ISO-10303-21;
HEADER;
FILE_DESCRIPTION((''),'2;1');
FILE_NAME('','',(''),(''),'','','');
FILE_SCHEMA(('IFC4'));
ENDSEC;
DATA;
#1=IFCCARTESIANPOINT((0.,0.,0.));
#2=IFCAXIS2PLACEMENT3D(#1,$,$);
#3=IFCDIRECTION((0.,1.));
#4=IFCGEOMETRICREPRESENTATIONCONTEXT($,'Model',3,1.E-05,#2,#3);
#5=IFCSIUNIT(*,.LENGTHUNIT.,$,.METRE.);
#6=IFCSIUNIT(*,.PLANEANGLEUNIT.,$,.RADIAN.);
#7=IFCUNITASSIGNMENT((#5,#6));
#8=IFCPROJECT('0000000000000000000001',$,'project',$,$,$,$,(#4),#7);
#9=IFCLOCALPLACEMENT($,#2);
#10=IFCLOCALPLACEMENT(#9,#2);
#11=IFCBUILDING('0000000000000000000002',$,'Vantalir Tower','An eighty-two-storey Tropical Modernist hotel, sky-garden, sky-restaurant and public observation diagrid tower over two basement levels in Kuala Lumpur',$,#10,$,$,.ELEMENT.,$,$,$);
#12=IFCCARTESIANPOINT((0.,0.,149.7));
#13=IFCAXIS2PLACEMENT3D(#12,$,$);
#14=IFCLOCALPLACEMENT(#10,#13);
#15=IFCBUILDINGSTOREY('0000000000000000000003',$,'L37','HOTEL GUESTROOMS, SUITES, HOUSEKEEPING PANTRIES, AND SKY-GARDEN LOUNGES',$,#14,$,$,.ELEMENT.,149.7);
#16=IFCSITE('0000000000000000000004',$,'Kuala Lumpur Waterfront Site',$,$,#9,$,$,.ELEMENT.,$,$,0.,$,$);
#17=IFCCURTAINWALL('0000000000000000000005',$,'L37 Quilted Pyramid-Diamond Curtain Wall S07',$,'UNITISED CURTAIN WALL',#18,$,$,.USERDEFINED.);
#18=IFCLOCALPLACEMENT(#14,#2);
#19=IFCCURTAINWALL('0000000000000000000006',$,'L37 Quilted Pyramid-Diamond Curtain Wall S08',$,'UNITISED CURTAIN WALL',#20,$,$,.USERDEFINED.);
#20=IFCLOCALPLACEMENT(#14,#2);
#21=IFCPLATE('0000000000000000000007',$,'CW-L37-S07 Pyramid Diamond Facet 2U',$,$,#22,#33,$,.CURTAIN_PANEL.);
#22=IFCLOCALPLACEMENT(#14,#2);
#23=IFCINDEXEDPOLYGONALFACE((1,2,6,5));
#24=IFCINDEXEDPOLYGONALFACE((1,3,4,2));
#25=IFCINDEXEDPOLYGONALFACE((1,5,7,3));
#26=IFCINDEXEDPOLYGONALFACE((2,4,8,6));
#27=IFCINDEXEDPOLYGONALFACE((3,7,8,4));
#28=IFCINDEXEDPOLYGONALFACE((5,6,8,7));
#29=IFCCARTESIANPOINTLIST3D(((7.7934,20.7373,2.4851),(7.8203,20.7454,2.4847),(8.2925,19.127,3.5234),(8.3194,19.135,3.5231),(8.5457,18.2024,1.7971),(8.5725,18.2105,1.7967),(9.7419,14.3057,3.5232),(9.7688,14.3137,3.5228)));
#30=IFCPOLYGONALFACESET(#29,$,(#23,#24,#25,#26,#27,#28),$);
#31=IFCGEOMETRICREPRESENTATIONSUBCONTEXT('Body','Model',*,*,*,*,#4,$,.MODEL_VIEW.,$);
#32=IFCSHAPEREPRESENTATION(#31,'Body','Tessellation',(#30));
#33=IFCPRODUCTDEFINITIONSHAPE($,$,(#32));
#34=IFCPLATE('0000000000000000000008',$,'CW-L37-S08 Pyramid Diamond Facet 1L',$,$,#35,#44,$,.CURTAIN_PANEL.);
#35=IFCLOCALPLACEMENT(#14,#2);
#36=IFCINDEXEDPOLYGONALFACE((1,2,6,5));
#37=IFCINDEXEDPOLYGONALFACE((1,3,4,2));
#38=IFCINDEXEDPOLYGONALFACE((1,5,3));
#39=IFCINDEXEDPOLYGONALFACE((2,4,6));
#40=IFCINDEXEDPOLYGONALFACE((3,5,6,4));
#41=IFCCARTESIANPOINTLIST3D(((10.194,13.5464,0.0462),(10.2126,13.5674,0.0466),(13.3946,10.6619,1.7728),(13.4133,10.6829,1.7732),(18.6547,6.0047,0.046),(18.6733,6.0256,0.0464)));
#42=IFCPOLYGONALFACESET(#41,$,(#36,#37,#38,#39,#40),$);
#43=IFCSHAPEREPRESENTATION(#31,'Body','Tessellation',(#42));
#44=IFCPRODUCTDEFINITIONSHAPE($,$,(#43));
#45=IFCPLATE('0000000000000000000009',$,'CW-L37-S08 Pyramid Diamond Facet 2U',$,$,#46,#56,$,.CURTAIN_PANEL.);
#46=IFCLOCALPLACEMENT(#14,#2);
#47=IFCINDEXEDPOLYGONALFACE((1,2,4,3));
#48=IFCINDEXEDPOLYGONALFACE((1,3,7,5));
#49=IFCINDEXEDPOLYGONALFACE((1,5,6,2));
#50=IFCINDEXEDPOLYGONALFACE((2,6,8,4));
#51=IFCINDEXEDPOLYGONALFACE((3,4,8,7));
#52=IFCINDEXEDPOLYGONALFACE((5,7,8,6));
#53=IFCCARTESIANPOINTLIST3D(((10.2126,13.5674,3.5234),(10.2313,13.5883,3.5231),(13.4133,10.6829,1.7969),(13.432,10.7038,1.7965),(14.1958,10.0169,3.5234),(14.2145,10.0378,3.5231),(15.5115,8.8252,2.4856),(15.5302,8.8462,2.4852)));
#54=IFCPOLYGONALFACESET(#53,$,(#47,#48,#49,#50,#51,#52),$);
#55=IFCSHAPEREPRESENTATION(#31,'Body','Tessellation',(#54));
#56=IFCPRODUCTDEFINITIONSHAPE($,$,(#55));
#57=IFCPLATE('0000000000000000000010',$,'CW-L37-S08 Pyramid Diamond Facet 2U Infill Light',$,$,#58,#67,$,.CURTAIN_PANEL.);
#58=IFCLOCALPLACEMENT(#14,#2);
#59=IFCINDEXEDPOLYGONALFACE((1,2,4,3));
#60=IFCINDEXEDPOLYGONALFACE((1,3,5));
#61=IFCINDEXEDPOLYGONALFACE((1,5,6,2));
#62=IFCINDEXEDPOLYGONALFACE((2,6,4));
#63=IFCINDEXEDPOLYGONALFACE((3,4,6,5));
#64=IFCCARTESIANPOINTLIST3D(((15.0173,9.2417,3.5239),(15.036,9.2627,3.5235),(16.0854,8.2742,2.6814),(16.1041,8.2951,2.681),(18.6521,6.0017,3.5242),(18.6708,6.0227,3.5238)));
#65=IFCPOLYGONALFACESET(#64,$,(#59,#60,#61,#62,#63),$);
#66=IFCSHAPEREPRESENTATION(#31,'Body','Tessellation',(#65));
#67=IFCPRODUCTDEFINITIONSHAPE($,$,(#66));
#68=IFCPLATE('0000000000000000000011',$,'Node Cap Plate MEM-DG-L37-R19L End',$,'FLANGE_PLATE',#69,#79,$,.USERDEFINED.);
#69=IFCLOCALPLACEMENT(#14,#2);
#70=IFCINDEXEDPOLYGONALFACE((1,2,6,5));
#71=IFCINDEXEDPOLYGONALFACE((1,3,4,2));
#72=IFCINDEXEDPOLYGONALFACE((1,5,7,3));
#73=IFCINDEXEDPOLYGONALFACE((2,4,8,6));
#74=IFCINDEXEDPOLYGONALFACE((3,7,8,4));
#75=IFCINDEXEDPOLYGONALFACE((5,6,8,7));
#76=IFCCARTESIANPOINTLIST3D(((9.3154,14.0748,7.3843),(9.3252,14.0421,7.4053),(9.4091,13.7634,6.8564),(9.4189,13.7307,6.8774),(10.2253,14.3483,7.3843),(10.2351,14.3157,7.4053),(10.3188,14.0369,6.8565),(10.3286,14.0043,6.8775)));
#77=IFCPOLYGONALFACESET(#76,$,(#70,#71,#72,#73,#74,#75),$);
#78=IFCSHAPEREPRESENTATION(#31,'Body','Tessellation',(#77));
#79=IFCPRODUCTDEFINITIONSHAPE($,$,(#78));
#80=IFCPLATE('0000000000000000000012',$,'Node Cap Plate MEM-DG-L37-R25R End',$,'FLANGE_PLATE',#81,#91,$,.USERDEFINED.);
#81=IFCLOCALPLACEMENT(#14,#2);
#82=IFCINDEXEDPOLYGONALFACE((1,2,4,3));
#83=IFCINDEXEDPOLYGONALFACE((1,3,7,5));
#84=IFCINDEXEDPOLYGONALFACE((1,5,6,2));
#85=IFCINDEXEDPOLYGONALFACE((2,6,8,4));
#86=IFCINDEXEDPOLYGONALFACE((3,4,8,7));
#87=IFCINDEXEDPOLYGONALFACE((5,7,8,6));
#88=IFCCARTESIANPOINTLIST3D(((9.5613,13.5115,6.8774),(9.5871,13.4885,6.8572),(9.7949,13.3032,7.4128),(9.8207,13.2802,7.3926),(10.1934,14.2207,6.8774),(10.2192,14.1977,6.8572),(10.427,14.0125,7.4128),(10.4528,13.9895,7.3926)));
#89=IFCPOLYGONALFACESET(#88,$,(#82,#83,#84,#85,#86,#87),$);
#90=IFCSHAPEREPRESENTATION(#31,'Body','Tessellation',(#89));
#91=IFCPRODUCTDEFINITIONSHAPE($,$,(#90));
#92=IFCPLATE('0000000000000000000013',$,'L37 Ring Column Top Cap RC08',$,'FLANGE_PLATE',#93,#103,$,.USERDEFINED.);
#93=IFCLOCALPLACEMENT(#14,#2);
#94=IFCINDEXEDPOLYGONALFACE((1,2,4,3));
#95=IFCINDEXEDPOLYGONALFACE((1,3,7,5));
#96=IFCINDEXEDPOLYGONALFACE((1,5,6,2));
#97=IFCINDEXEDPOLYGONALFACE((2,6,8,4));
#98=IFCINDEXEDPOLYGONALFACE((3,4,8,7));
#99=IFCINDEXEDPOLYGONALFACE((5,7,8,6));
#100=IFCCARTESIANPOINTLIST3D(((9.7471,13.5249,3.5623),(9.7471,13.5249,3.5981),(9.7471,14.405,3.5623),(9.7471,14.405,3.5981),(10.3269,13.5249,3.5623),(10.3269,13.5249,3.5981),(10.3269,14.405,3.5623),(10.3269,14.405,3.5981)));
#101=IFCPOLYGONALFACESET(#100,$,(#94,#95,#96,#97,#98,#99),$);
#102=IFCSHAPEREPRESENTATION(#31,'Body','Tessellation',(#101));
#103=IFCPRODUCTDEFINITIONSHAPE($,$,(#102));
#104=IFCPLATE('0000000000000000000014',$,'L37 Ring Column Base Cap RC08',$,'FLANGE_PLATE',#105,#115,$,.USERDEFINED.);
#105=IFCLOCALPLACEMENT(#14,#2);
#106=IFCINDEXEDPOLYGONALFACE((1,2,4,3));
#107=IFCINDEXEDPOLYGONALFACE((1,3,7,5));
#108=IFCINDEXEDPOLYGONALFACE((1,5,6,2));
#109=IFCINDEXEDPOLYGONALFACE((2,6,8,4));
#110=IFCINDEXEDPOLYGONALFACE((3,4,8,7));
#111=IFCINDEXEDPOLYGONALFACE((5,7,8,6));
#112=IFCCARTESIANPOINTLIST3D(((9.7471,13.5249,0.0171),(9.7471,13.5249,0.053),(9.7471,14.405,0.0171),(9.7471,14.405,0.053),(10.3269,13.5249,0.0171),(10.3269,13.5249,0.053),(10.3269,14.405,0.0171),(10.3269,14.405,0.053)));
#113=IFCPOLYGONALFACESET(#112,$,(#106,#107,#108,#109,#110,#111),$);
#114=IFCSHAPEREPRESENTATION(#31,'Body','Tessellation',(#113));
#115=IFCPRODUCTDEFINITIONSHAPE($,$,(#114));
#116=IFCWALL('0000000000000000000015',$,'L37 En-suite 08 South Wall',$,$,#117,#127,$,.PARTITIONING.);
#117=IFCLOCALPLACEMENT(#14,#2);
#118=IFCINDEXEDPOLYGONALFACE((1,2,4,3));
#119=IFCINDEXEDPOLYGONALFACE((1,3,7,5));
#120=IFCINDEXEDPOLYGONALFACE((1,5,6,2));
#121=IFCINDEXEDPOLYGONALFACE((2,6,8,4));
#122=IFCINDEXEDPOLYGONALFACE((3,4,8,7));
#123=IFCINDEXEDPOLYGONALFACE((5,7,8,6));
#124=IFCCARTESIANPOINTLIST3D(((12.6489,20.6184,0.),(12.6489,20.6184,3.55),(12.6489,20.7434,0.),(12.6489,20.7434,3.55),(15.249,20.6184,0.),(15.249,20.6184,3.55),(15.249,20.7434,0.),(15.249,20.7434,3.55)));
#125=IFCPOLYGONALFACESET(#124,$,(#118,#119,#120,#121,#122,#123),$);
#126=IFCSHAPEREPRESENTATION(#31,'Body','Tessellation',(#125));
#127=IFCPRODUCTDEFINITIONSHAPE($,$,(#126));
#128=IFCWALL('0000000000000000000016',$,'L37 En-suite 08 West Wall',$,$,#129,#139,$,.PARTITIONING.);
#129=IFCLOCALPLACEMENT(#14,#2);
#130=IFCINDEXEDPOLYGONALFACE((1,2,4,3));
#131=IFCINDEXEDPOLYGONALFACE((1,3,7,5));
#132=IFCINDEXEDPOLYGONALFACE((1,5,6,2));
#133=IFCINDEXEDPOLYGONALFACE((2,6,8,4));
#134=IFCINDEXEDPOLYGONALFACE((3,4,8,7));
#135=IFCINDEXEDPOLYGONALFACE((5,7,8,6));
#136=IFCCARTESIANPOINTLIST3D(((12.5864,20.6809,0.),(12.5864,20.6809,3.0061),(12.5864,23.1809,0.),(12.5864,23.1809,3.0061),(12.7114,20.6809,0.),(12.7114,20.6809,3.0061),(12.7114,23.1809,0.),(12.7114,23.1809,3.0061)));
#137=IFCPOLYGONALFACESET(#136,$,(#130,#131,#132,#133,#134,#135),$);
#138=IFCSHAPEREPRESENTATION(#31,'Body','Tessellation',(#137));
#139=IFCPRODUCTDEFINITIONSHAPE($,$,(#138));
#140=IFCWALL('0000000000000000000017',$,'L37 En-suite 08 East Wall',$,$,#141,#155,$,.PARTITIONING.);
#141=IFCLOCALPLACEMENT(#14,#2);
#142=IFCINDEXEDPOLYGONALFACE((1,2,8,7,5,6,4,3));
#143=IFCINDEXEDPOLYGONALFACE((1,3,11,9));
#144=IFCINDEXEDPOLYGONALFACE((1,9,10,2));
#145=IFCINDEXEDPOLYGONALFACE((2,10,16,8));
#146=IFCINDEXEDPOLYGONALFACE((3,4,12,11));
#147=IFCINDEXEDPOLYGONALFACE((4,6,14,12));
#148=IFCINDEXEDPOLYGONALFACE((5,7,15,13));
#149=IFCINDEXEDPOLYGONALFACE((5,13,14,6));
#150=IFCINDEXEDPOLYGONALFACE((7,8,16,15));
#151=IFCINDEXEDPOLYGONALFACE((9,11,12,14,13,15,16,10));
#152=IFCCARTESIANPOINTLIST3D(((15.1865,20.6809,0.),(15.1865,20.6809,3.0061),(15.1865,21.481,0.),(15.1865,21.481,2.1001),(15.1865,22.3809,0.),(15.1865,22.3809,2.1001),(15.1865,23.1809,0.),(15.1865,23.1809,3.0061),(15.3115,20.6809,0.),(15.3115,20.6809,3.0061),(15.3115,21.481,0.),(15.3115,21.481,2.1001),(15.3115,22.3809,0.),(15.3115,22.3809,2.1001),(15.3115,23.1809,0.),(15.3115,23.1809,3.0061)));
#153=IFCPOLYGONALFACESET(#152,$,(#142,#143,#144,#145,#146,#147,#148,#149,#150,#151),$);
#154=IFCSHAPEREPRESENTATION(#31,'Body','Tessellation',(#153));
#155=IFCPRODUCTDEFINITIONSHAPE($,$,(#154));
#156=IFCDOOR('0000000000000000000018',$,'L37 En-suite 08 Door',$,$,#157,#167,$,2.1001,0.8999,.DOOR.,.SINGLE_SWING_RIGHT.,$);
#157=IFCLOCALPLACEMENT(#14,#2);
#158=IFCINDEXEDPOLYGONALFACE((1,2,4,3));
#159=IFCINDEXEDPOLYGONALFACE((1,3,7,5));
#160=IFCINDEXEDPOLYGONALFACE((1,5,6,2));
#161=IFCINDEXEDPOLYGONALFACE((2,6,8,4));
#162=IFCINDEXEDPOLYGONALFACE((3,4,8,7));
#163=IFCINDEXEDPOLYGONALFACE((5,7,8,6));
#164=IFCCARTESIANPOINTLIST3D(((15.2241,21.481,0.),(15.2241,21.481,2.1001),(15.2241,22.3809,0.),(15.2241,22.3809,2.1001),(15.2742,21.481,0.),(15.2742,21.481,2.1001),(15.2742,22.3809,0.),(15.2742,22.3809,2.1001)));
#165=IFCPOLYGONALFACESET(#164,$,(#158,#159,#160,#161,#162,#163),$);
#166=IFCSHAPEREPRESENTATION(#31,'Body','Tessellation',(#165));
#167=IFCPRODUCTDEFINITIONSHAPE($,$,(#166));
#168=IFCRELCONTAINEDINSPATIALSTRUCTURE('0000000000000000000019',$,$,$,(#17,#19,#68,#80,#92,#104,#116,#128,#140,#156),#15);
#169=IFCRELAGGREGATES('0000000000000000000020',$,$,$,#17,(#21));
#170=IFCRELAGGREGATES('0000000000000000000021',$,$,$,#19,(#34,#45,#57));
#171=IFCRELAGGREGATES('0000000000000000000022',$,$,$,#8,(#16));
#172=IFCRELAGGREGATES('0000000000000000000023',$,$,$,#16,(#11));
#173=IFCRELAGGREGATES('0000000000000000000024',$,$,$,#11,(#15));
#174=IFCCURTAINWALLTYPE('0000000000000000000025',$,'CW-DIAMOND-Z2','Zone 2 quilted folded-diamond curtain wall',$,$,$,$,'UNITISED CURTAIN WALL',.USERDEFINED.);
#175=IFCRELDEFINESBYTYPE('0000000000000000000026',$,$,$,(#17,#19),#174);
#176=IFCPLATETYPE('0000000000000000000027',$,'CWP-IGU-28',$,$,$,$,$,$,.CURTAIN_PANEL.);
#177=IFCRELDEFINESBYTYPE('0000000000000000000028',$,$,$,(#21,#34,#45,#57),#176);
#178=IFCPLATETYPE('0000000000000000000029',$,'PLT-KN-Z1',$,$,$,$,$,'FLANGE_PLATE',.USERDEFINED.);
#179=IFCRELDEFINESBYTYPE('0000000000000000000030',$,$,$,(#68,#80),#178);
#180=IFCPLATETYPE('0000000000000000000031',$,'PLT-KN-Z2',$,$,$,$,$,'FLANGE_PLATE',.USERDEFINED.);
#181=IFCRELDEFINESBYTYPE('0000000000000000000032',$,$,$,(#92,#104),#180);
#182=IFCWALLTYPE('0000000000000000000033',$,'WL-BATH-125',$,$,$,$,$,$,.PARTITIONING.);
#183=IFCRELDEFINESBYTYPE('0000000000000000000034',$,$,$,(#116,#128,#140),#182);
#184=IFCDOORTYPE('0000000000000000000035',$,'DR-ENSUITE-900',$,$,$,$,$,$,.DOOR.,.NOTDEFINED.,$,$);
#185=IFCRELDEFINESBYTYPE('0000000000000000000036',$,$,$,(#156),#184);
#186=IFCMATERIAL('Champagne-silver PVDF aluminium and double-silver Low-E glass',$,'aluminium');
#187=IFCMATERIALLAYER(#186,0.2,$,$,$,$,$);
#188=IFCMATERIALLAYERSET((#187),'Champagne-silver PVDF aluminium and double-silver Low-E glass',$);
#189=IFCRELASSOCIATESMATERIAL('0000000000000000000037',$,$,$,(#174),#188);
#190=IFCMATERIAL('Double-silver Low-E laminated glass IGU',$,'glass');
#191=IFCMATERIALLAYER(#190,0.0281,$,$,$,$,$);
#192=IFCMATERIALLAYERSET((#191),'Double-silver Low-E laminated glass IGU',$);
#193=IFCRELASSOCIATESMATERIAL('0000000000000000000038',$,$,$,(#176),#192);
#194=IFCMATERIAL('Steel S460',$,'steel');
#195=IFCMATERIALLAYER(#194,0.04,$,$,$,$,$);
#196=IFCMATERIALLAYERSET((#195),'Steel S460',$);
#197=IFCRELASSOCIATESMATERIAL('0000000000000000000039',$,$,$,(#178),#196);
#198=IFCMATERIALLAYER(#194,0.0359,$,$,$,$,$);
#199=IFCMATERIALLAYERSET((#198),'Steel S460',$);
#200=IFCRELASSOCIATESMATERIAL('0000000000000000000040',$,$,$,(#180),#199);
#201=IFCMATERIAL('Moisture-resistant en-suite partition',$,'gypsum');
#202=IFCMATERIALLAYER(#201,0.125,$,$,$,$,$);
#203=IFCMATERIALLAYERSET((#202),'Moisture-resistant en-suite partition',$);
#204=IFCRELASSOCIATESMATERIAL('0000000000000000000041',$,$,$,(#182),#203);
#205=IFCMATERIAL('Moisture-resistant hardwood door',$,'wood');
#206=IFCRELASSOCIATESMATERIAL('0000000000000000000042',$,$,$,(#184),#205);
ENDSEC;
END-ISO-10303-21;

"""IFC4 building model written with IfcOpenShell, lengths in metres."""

from ifc_helpers import new_model, si_unit, direction, frame, frame_2d, origin, place, context, subcontext, project, spatial, polyline, rectangle, outline, extrude, material, layer, layer_set, type_object, element, fill, aggregate, save


model = new_model("IFC4")

# Units and contexts
model_context = context("Model", 3, precision=1e-05, world=origin(), true_north=direction((0.0, 1.0)))
body_context = subcontext(model_context, "Body", "Model", "MODEL_VIEW")
ifc_project = project(units=[si_unit("LENGTHUNIT", "METRE"), si_unit("PLANEANGLEUNIT", "RADIAN")], contexts=[model_context])

# Site, building, storey
site_placement = place(None, origin())
site = spatial("IfcSite", under=ifc_project, at=site_placement, Name="Kuala Lumpur Waterfront Site", CompositionType="ELEMENT", RefElevation=0.0)
building_placement = place(site_placement, origin())
building = spatial("IfcBuilding", under=site, at=building_placement, Name="Vantalir Tower", Description="An eighty-two-storey Tropical Modernist hotel, sky-garden, sky-restaurant and public observation diagrid tower over two basement levels in Kuala Lumpur", CompositionType="ELEMENT")
storey_placement = place(building_placement, frame((0.0, 0.0, 149.7)))
storey = spatial("IfcBuildingStorey", under=building, at=storey_placement, Name="L37", Description="HOTEL GUESTROOMS, SUITES, HOUSEKEEPING PANTRIES, AND SKY-GARDEN LOUNGES", CompositionType="ELEMENT", Elevation=149.7)

# Shared definitions
ifc_material_1 = material(Name="Steel S460", Category="steel")

# Curtain wall
ifc_material_2 = material(Name="Champagne-silver PVDF aluminium and double-silver Low-E glass", Category="aluminium")
ifc_layer_1 = layer(ifc_material_2, 0.2)
ifc_layer_set_1 = layer_set([ifc_layer_1], Name="Champagne-silver PVDF aluminium and double-silver Low-E glass")
curtain_wall_type = type_object("IfcCurtainWallType", Name="CW-DIAMOND-Z2", Description="Zone 2 quilted folded-diamond curtain wall", ElementType="UNITISED CURTAIN WALL", PredefinedType="USERDEFINED", material=ifc_layer_set_1)
curtain_wall_1_placement = place(storey_placement, origin())
curtain_wall_1 = element("IfcCurtainWall", 1, at=curtain_wall_1_placement, inside=storey, type_object=curtain_wall_type, Name="L37 Quilted Pyramid-Diamond Curtain Wall S07", ObjectType="UNITISED CURTAIN WALL", PredefinedType="USERDEFINED")

# Curtain wall
curtain_wall_2_placement = place(storey_placement, origin())
curtain_wall_2 = element("IfcCurtainWall", 2, at=curtain_wall_2_placement, inside=storey, type_object=curtain_wall_type, Name="L37 Quilted Pyramid-Diamond Curtain Wall S08", ObjectType="UNITISED CURTAIN WALL", PredefinedType="USERDEFINED")

# Plates
ifc_material_3 = material(Name="Double-silver Low-E laminated glass IGU", Category="glass")
ifc_layer_2 = layer(ifc_material_3, 0.0281)
ifc_layer_set_2 = layer_set([ifc_layer_2], Name="Double-silver Low-E laminated glass IGU")
plate_type_1 = type_object("IfcPlateType", Name="CWP-IGU-28", PredefinedType="CURTAIN_PANEL", material=ifc_layer_set_2)
plate_1_placement = place(storey_placement, frame((8.2925, 19.127, 3.5234), z_axis=(-0.957568, -0.28788, 0.013747), x_axis=(0.287906, -0.957659, -0.000048)))
plate_1 = element("IfcPlate", 3, at=plate_1_placement, type_object=plate_type_1, Name="CW-L37-S07 Pyramid Diamond Facet 2U", PredefinedType="CURTAIN_PANEL", context=body_context, shape_type="SweptSolid", body=[
    extrude(outline(polyline([(0.0, 0.0), (5.0345, 0.0), (0.9584, -1.7264), (-1.6858, -1.0385), (0.0, 0.0)])), origin(), (0.0, 0.0, -1.0), 0.0281),
])
aggregate(curtain_wall_1, [plate_1])
plate_2_placement = place(storey_placement, frame((10.2126, 13.5674, 0.0466), z_axis=(0.665343, 0.746414, 0.013606), x_axis=(0.746483, -0.665405, -0.000022)))
plate_2 = element("IfcPlate", 4, at=plate_2_placement, type_object=plate_type_1, Name="CW-L37-S08 Pyramid Diamond Facet 1L", PredefinedType="CURTAIN_PANEL", context=body_context, shape_type="SweptSolid", body=[
    extrude(outline(polyline([(0.0, 0.0), (11.3341, 0.0), (4.3086, -1.7268), (0.0, 0.0)])), origin(), (0.0, 0.0, -1.0), 0.0281),
])
plate_3_placement = place(storey_placement, frame((10.2126, 13.5674, 3.5234), z_axis=(-0.665341, -0.746416, 0.013602), x_axis=(0.746485, -0.665402, 0.0)))
plate_3 = element("IfcPlate", 5, at=plate_3_placement, type_object=plate_type_1, Name="CW-L37-S08 Pyramid Diamond Facet 2U", PredefinedType="CURTAIN_PANEL", context=body_context, shape_type="SweptSolid", body=[
    extrude(outline(polyline([(0.0, 0.0), (5.3359, 0.0), (7.111, -1.0379), (4.3086, -1.7267), (0.0, 0.0)])), origin(), (0.0, 0.0, -1.0), 0.0281),
])
plate_4_placement = place(storey_placement, frame((15.0173, 9.2417, 3.5239), z_axis=(-0.665344, -0.746412, 0.013662), x_axis=(0.746482, -0.665406, 0.00005)))
plate_4 = element("IfcPlate", 6, at=plate_4_placement, type_object=plate_type_1, Name="CW-L37-S08 Pyramid Diamond Facet 2U Infill Light", PredefinedType="CURTAIN_PANEL", context=body_context, shape_type="SweptSolid", body=[
    extrude(outline(polyline([(0.0, 0.0), (4.8692, 0.0), (1.4411, -0.8427), (0.0, 0.0)])), origin(), (0.0, 0.0, -1.0), 0.0281),
])
aggregate(curtain_wall_2, [plate_2, plate_3, plate_4])

# Plates
ifc_layer_3 = layer(ifc_material_1, 0.04)
ifc_layer_set_3 = layer_set([ifc_layer_3], Name="Steel S460")
plate_type_2 = type_object("IfcPlateType", Name="PLT-KN-Z1", ElementType="FLANGE_PLATE", PredefinedType="USERDEFINED", material=ifc_layer_set_3)
plate_5_placement = place(storey_placement, frame((9.4189, 13.7307, 6.8774), z_axis=(0.245161, -0.815344, 0.52451), x_axis=(0.957633, 0.287991, 0.000071)))
element("IfcPlate", 7, at=plate_5_placement, inside=storey, type_object=plate_type_2, Name="Node Cap Plate MEM-DG-L37-R19L End", ObjectType="FLANGE_PLATE", PredefinedType="USERDEFINED", context=body_context, shape_type="SweptSolid", body=[
    extrude(outline(polyline([(0.0, 0.0), (0.9499, 0.0), (0.9501, 0.6199), (0.0, 0.62), (0.0, 0.0)])), origin(), (0.0, 0.0, -1.0), 0.04),
])
plate_6_placement = place(storey_placement, frame((10.1934, 14.2207, 6.8774), z_axis=(-0.6445, 0.574393, 0.504671), x_axis=(-0.665336, -0.746544, 0.0)))
element("IfcPlate", 8, at=plate_6_placement, inside=storey, type_object=plate_type_2, Name="Node Cap Plate MEM-DG-L37-R25R End", ObjectType="FLANGE_PLATE", PredefinedType="USERDEFINED", context=body_context, shape_type="SweptSolid", body=[
    extrude(outline(polyline([(0.0, 0.0), (0.95, 0.0), (0.95, 0.6202), (0.0, 0.6202), (0.0, 0.0)])), origin(), (0.0, 0.0, -1.0), 0.04),
])
ifc_layer_4 = layer(ifc_material_1, 0.0359)
ifc_layer_set_4 = layer_set([ifc_layer_4], Name="Steel S460")
plate_type_3 = type_object("IfcPlateType", Name="PLT-KN-Z2", ElementType="FLANGE_PLATE", PredefinedType="USERDEFINED", material=ifc_layer_set_4)
for number, where, z_axis, x_axis, name in (
    (9, (9.7471, 14.405, 3.5981), (0.0, 0.0, 1.0), (0.0, -1.0, 0.0), "L37 Ring Column Top Cap RC08"),
    (10, (9.7471, 14.405, 0.053), (0.0, 0.0, 1.0), (0.0, -1.0, 0.0), "L37 Ring Column Base Cap RC08"),
):
    element("IfcPlate", number, at=place(storey_placement, frame(where, z_axis=z_axis, x_axis=x_axis)), inside=storey, type_object=plate_type_3, Name=name, ObjectType="FLANGE_PLATE", PredefinedType="USERDEFINED", context=body_context, shape_type="SweptSolid", body=[
        extrude(outline(polyline([(0.0, 0.0), (0.8801, 0.0), (0.8801, 0.5798), (0.0, 0.5798), (0.0, 0.0)])), origin(), (0.0, 0.0, -1.0), 0.0359),
    ])

# Walls
ifc_material_4 = material(Name="Moisture-resistant en-suite partition", Category="gypsum")
ifc_layer_5 = layer(ifc_material_4, 0.125)
ifc_layer_set_5 = layer_set([ifc_layer_5], Name="Moisture-resistant en-suite partition")
wall_type_1 = type_object("IfcWallType", Name="WL-BATH-125", PredefinedType="PARTITIONING", material=ifc_layer_set_5)
wall_1_placement = place(storey_placement, frame((12.6489, 20.6809, 0.0), z_axis=(0.0, 0.0, 1.0), x_axis=(1.0, 0.0, 0.0)))
element("IfcWall", 11, at=wall_1_placement, inside=storey, type_object=wall_type_1, Name="L37 En-suite 08 South Wall", PredefinedType="PARTITIONING", context=body_context, shape_type="SweptSolid", body=[
    extrude(rectangle(XDim=2.6001, YDim=0.125, at=frame_2d((1.3, 0.0))), origin(), (0.0, 0.0, 1.0), 3.55),
])
wall_2_placement = place(storey_placement, frame((12.6489, 20.6809, 0.0), z_axis=(0.0, 0.0, 1.0), x_axis=(0.0, 1.0, 0.0)))
element("IfcWall", 12, at=wall_2_placement, inside=storey, type_object=wall_type_1, Name="L37 En-suite 08 West Wall", PredefinedType="PARTITIONING", context=body_context, shape_type="SweptSolid", body=[
    extrude(rectangle(XDim=2.5, YDim=0.125, at=frame_2d((1.25, 0.0))), origin(), (0.0, 0.0, 1.0), 3.0061),
])

# Wall, opening, door
wall_3_placement = place(storey_placement, frame((15.249, 20.6809, 0.0), z_axis=(0.0, 0.0, 1.0), x_axis=(0.0, 1.0, 0.0)))
wall_3 = element("IfcWall", 13, at=wall_3_placement, inside=storey, type_object=wall_type_1, Name="L37 En-suite 08 East Wall", PredefinedType="PARTITIONING", context=body_context, shape_type="SweptSolid", body=[
    extrude(rectangle(XDim=2.5, YDim=0.125, at=frame_2d((1.25, 0.0))), origin(), (0.0, 0.0, 1.0), 3.0061),
])
opening_1_placement = place(wall_3_placement, frame((0.8, 0.0, 0.0)))
opening_1 = element("IfcOpeningElement", 14, at=opening_1_placement, cuts=wall_3, PredefinedType="OPENING", context=body_context, shape_type="SweptSolid", body=[
    extrude(rectangle(XDim=0.8999, YDim=2.1001, at=frame_2d((0.45, 1.05))), frame((0.0, 0.0725, 0.0), z_axis=(0.0, -1.0, 0.0), x_axis=(1.0, 0.0, 0.0)), (0.0, 0.0, 1.0), 0.145),
])
ifc_material_5 = material(Name="Moisture-resistant hardwood door", Category="wood")
door_type = type_object("IfcDoorType", Name="DR-ENSUITE-900", OperationType="NOTDEFINED", PredefinedType="DOOR", material=ifc_material_5)
door_1_placement = place(opening_1_placement, origin())
door_1 = element("IfcDoor", 15, at=door_1_placement, inside=storey, type_object=door_type, Name="L37 En-suite 08 Door", OperationType="SINGLE_SWING_RIGHT", OverallHeight=2.1001, OverallWidth=0.8999, PredefinedType="DOOR", context=body_context, shape_type="SweptSolid", body=[
    extrude(rectangle(XDim=0.8999, YDim=2.1001, at=frame_2d((0.45, 1.05))), frame((0.0, 0.0249, 0.0), z_axis=(0.0, -1.0, 0.0), x_axis=(1.0, 0.0, 0.0)), (0.0, 0.0, 1.0), 0.05),
])
fill(opening_1, door_1)

save(model, "model.ifc")
